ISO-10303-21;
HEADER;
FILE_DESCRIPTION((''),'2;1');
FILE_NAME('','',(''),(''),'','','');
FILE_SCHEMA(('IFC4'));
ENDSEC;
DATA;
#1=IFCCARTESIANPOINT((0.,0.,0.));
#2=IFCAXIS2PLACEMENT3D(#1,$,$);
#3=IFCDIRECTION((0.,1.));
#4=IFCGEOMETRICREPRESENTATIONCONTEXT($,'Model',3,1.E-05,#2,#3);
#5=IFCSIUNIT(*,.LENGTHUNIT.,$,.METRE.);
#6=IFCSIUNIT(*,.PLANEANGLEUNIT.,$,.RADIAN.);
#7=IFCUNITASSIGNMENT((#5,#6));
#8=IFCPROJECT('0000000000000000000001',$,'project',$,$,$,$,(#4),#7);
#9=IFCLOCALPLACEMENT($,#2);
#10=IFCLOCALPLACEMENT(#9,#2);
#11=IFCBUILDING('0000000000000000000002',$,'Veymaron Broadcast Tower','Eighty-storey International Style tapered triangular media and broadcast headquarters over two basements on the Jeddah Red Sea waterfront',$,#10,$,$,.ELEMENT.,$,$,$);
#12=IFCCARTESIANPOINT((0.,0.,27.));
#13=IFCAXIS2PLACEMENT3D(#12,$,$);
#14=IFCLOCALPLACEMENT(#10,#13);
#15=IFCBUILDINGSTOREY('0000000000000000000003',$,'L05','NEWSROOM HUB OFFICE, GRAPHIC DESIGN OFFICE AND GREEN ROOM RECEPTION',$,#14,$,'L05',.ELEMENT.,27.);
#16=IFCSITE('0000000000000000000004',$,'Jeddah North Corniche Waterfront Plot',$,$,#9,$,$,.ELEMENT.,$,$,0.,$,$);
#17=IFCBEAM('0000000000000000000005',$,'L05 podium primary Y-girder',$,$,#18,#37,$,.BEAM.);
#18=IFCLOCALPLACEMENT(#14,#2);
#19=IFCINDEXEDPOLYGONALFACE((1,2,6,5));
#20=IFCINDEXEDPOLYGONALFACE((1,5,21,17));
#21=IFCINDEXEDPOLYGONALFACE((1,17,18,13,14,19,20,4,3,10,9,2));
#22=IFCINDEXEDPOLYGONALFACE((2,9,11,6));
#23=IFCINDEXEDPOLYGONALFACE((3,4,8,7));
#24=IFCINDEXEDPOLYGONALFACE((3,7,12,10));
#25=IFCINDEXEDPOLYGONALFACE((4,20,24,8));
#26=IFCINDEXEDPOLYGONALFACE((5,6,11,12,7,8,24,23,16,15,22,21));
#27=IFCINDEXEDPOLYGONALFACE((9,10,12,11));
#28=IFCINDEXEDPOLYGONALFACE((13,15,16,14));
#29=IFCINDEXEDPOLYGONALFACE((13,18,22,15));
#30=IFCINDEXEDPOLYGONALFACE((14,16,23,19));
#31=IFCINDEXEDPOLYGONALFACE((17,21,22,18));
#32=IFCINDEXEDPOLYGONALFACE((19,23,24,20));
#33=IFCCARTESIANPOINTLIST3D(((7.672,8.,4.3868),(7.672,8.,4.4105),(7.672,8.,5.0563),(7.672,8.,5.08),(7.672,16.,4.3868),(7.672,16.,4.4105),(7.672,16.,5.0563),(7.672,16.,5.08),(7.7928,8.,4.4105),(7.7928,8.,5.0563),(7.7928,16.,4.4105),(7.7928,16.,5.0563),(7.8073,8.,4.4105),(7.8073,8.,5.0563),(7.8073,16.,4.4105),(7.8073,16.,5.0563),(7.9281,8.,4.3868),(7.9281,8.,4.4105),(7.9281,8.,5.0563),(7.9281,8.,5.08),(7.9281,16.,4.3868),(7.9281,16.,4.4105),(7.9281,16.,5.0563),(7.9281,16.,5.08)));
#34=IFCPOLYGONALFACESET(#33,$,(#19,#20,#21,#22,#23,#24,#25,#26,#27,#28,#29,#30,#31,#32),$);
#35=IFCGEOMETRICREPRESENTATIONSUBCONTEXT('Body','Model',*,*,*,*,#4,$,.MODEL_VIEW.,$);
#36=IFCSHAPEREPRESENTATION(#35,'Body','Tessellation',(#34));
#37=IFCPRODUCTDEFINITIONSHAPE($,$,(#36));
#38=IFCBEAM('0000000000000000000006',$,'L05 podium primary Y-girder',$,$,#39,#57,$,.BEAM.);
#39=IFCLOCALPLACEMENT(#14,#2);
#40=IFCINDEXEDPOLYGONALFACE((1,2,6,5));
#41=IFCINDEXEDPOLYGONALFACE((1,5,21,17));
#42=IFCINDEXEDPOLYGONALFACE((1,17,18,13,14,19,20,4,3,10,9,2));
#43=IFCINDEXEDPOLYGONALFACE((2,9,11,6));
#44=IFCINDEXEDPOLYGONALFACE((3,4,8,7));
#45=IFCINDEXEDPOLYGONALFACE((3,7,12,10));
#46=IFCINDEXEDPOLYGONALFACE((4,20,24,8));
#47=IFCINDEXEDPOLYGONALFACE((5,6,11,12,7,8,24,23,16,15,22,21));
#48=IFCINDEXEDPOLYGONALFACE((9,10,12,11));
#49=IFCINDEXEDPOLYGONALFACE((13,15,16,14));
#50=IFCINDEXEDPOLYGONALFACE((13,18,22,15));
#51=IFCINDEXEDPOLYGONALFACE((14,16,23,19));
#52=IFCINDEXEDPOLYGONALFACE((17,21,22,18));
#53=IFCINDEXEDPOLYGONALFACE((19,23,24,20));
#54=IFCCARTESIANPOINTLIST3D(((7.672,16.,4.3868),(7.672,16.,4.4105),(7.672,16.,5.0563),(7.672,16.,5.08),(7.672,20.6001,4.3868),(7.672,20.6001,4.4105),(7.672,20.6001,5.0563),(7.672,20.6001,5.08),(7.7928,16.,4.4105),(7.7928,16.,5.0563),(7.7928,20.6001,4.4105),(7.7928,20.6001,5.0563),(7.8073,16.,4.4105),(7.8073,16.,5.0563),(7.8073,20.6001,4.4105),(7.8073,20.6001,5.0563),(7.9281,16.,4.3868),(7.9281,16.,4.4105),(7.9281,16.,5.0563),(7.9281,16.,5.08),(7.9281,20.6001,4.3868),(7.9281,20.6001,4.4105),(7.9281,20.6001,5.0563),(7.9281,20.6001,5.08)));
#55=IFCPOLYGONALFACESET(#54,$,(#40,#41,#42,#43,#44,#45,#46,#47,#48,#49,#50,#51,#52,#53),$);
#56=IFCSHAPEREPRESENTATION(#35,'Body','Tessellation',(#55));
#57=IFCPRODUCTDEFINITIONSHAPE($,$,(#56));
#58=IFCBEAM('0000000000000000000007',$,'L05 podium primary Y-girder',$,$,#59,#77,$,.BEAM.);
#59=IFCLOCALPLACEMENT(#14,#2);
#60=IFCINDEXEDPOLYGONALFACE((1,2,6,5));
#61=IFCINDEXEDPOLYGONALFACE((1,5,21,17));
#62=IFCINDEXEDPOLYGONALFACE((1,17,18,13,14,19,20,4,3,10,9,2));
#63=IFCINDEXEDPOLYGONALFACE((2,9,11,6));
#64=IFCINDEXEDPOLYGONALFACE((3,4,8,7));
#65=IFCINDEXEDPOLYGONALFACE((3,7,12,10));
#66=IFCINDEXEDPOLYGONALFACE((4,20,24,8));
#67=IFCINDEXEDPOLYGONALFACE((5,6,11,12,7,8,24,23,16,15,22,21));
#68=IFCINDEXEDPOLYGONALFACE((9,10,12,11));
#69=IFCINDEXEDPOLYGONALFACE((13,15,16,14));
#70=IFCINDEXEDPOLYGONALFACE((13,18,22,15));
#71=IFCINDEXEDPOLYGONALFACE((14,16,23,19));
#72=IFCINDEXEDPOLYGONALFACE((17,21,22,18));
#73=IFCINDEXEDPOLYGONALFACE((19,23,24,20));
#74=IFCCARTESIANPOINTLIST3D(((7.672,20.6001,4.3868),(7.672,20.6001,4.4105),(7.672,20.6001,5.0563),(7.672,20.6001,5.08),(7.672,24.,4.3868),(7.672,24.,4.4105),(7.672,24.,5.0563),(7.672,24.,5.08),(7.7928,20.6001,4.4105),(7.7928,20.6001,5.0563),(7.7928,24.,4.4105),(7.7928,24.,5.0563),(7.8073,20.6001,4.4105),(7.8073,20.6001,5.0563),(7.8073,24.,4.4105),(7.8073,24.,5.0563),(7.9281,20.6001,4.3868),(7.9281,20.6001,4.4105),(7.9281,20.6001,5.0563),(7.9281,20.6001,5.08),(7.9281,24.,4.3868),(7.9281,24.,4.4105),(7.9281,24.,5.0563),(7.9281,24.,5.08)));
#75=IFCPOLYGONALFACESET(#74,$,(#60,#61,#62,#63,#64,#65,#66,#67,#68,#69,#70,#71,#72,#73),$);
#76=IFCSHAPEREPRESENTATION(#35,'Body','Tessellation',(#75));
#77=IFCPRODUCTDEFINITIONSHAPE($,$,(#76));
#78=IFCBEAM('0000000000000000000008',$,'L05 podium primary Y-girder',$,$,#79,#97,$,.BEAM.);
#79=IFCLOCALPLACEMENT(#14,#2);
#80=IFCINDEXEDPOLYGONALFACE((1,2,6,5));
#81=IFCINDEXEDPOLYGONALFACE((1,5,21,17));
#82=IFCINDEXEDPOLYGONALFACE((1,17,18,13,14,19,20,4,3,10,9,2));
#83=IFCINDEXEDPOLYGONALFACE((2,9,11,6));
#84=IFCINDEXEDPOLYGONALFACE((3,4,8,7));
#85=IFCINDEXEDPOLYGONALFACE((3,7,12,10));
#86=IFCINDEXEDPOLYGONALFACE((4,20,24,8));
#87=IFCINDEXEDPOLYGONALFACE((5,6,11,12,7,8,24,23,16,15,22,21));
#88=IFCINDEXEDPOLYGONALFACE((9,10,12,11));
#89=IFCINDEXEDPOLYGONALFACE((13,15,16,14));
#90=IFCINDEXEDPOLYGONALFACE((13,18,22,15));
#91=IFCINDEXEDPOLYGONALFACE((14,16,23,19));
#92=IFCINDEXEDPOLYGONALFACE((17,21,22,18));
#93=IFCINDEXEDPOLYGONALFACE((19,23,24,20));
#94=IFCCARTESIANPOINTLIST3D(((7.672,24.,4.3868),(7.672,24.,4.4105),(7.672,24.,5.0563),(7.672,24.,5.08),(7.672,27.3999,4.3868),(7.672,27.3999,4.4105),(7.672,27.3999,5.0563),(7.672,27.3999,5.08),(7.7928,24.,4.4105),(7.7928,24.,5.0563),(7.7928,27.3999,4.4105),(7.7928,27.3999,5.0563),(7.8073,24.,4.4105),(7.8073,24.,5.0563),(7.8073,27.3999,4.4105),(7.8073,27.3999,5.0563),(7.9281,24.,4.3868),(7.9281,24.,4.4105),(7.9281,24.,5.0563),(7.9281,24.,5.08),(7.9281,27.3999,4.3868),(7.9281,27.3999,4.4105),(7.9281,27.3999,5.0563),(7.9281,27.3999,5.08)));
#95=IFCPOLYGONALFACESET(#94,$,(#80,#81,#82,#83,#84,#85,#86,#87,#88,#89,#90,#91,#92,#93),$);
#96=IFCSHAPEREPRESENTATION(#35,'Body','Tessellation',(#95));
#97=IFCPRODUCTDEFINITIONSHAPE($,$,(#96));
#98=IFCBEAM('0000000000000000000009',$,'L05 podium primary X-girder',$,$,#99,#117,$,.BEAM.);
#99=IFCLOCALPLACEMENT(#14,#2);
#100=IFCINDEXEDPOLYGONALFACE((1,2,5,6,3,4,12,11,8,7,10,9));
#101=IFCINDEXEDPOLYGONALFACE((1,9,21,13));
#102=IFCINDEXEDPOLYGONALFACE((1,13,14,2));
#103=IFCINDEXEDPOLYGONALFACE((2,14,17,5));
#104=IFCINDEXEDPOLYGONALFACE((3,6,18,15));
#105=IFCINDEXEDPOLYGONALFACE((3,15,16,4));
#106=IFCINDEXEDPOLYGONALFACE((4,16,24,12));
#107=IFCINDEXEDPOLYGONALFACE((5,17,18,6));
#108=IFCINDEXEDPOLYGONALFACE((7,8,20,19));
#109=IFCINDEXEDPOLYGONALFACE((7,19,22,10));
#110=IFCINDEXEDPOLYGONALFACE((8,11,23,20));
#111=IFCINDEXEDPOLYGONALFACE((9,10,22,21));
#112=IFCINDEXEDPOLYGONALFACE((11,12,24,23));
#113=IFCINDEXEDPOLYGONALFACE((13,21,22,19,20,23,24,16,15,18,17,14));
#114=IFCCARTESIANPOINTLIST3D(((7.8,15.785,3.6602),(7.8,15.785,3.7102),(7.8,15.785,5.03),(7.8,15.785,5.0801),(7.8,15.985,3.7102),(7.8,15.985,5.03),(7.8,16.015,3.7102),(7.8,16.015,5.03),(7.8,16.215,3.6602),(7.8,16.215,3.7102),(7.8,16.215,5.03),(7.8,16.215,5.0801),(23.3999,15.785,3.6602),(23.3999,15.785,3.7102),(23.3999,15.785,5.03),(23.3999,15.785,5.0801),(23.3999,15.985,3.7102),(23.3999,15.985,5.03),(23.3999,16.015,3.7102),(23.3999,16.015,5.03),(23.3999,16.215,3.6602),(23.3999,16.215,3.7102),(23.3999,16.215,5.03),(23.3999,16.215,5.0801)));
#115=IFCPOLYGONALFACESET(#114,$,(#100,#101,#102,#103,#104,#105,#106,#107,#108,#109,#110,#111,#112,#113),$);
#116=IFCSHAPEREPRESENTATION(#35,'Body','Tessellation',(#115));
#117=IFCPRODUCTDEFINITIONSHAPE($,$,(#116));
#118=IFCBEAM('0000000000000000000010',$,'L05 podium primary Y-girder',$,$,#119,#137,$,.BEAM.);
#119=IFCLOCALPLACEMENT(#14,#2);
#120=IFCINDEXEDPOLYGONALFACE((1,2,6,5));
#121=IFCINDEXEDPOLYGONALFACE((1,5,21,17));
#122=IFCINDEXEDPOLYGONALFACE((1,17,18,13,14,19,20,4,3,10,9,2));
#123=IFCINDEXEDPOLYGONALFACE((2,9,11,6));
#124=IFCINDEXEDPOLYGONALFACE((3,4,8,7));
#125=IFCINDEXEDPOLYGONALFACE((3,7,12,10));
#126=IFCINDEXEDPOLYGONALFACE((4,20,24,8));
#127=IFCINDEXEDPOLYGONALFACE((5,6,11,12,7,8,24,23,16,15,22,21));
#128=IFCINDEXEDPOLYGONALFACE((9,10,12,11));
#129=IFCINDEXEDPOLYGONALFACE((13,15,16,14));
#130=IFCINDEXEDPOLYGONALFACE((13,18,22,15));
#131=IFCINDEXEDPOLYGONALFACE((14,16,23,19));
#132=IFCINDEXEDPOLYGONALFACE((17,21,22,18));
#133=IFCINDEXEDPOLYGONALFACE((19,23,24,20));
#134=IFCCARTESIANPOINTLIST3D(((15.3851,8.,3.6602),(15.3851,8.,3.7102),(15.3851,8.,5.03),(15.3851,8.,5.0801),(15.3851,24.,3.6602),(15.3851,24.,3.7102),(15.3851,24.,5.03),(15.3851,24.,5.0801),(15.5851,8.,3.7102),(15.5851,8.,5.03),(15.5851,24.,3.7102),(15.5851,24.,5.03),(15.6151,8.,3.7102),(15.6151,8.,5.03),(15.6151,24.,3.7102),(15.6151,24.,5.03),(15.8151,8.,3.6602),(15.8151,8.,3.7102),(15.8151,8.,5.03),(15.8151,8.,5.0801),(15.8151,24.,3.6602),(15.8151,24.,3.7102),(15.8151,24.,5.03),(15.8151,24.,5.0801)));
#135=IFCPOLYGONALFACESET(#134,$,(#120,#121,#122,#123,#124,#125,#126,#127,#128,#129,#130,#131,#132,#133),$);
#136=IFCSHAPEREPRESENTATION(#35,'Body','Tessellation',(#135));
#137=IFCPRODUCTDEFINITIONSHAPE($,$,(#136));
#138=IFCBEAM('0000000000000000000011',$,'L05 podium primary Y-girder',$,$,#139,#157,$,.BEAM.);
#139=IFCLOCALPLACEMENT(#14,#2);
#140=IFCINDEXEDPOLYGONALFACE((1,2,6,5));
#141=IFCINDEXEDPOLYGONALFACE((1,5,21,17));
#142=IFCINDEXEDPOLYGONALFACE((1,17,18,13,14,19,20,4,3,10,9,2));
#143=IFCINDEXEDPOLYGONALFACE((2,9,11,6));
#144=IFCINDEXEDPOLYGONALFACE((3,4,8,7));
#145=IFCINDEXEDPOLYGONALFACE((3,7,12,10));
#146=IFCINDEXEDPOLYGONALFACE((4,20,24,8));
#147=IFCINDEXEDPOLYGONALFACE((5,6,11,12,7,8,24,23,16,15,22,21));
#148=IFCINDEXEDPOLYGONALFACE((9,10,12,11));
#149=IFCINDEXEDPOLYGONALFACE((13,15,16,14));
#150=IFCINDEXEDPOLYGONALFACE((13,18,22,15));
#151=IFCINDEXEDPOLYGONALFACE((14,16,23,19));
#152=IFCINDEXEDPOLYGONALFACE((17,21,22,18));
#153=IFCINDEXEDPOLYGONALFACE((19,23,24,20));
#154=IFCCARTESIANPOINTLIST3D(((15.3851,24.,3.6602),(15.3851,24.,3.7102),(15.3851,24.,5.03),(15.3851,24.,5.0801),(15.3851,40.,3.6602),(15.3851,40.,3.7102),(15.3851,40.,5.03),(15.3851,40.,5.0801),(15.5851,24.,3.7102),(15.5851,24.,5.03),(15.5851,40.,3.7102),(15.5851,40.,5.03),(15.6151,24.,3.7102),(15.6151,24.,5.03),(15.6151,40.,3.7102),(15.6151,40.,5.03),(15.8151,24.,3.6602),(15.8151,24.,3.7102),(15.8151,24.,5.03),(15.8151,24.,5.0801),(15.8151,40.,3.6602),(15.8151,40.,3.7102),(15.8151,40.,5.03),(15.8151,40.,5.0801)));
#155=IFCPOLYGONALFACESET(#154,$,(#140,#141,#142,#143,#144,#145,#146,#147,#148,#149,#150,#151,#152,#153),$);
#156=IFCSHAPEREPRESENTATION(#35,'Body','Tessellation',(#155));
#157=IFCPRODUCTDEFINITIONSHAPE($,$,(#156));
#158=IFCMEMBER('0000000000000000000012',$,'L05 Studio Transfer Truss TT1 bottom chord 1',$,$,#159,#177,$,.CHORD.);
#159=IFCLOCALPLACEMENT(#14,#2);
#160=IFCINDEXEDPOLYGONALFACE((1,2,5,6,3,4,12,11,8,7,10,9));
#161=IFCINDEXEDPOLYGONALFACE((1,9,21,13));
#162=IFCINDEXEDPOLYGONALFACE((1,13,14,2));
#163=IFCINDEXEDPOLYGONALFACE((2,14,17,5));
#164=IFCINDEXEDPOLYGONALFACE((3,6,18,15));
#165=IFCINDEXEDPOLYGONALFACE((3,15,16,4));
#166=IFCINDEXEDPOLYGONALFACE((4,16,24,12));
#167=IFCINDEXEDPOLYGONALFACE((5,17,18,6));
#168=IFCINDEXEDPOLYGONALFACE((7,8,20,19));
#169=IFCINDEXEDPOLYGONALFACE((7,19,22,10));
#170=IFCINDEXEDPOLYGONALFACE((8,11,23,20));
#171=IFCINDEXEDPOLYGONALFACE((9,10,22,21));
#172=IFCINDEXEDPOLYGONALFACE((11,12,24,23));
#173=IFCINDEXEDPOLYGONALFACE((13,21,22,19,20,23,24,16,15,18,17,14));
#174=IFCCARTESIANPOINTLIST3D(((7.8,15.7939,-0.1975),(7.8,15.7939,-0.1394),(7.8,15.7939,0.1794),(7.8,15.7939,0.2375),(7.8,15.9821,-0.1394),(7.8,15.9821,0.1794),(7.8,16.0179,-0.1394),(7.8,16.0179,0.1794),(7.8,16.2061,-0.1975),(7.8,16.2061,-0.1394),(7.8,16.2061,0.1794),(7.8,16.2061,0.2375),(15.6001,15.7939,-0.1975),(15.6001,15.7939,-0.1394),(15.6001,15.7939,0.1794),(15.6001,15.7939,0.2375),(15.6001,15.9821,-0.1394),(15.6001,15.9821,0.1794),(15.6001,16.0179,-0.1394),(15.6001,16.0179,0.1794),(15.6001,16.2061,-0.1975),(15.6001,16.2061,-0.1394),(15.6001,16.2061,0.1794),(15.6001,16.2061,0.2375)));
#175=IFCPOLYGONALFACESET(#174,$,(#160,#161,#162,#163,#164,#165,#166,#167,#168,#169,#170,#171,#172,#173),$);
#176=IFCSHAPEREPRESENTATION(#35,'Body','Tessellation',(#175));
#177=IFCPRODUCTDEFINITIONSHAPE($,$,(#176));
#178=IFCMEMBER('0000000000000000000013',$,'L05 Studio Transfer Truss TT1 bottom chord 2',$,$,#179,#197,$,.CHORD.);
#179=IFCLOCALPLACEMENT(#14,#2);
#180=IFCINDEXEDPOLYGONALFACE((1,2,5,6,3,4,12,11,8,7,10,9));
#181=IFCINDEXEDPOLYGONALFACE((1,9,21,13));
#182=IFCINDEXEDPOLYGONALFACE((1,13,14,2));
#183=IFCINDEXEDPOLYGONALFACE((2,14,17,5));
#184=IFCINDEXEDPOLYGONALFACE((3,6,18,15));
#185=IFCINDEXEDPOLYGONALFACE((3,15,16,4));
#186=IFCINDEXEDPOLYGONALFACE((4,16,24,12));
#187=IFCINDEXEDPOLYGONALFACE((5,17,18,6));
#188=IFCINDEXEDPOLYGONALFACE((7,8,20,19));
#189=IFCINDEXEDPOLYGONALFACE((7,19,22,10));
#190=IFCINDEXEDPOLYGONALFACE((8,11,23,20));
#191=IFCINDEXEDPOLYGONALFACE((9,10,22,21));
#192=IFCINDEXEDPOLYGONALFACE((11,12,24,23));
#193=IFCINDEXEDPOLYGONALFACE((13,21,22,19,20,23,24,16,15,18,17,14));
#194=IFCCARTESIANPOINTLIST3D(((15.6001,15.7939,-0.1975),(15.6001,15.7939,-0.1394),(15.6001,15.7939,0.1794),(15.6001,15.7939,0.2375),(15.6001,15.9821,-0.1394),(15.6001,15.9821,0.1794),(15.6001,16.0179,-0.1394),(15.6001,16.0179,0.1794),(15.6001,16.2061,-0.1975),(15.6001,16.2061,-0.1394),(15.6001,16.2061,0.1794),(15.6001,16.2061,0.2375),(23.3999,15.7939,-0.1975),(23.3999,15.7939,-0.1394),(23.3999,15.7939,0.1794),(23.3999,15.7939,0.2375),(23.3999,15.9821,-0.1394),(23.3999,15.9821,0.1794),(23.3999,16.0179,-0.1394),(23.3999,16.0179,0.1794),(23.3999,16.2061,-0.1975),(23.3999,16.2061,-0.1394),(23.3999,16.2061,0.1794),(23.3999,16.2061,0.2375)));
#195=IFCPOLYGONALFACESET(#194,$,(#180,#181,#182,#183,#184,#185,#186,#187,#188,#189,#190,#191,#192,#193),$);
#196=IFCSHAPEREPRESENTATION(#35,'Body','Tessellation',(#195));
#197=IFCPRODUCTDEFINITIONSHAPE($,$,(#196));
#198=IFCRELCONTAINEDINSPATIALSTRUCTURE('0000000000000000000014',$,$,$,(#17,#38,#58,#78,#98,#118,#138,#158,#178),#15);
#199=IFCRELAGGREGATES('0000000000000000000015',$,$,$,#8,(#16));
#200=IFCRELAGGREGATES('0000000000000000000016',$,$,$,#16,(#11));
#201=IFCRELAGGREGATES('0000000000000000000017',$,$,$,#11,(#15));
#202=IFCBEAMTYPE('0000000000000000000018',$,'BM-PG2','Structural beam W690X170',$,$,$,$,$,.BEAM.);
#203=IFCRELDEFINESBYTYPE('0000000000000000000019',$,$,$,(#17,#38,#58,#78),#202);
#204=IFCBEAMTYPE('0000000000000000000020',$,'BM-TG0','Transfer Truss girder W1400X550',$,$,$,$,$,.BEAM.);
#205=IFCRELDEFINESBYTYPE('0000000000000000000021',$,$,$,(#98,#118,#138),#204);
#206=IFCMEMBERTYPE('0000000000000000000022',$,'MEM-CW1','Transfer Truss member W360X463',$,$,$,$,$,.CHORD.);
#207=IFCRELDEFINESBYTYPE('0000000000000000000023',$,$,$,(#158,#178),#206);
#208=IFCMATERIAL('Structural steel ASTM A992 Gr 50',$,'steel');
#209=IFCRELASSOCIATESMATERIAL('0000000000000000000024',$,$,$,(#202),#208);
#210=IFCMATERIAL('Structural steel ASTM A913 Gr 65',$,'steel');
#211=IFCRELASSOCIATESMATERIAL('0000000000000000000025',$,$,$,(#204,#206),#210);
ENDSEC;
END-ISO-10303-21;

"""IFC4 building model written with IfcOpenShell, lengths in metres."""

from ifc_helpers import new_model, si_unit, direction, frame, origin, origin_2d, place, context, subcontext, project, spatial, i_section, extrude, material, material_profile, profile_set, type_object, element, save


model = new_model("IFC4")

# Units and contexts
model_context = context("Model", 3, precision=1e-05, world=origin(), true_north=direction((0.0, 1.0)))
body_context = subcontext(model_context, "Body", "Model", "MODEL_VIEW")
ifc_project = project(units=[si_unit("LENGTHUNIT", "METRE"), si_unit("PLANEANGLEUNIT", "RADIAN")], contexts=[model_context])

# Site, building, storey
site_placement = place(None, origin())
site = spatial("IfcSite", under=ifc_project, at=site_placement, Name="Jeddah North Corniche Waterfront Plot", CompositionType="ELEMENT", RefElevation=0.0)
building_placement = place(site_placement, origin())
building = spatial("IfcBuilding", under=site, at=building_placement, Name="Veymaron Broadcast Tower", Description="Eighty-storey International Style tapered triangular media and broadcast headquarters over two basements on the Jeddah Red Sea waterfront", CompositionType="ELEMENT")
storey_placement = place(building_placement, frame((0.0, 0.0, 27.0)))
storey = spatial("IfcBuildingStorey", under=building, at=storey_placement, Name="L05", Description="NEWSROOM HUB OFFICE, GRAPHIC DESIGN OFFICE AND GREEN ROOM RECEPTION", LongName="L05", CompositionType="ELEMENT", Elevation=27.0)

# Shared definitions
ifc_material_1 = material(Name="Structural steel ASTM A913 Gr 65", Category="steel")

# Beams
ifc_material_2 = material(Name="Structural steel ASTM A992 Gr 50", Category="steel")
ifc_material_profile_1 = material_profile(ifc_material_2, i_section(OverallWidth=0.2561, OverallDepth=0.6931, WebThickness=0.0144, FlangeThickness=0.0237, at=origin_2d()), Name="W690X170")
ifc_profile_set_1 = profile_set([ifc_material_profile_1], Name="Structural steel ASTM A992 Gr 50")
beam_type_1 = type_object("IfcBeamType", Name="BM-PG2", Description="Structural beam W690X170", PredefinedType="BEAM", material=ifc_profile_set_1)
beam_1_placement = place(storey_placement, frame((7.8, 8.0, 4.7334), z_axis=(0.0, 1.0, 0.0), x_axis=(-1.0, 0.0, 0.0)))
element("IfcBeam", 1, at=beam_1_placement, inside=storey, type_object=beam_type_1, Name="L05 podium primary Y-girder", PredefinedType="BEAM", context=body_context, shape_type="SweptSolid", body=[
    extrude(i_section(OverallWidth=0.2561, OverallDepth=0.6931, WebThickness=0.0144, FlangeThickness=0.0237, at=origin_2d()), origin(), (0.0, 0.0, 1.0), 8.0),
])
beam_2_placement = place(storey_placement, frame((7.8, 16.0, 4.7334), z_axis=(0.0, 1.0, 0.0), x_axis=(-1.0, 0.0, 0.0)))
element("IfcBeam", 2, at=beam_2_placement, inside=storey, type_object=beam_type_1, Name="L05 podium primary Y-girder", PredefinedType="BEAM", context=body_context, shape_type="SweptSolid", body=[
    extrude(i_section(OverallWidth=0.2561, OverallDepth=0.6931, WebThickness=0.0144, FlangeThickness=0.0237, at=origin_2d()), origin(), (0.0, 0.0, 1.0), 4.6001),
])
for number, where, z_axis, x_axis, name in (
    (3, (7.8, 20.6001, 4.7334), (0.0, 1.0, 0.0), (-1.0, 0.0, 0.0), "L05 podium primary Y-girder"),
    (4, (7.8, 24.0, 4.7334), (0.0, 1.0, 0.0), (-1.0, 0.0, 0.0), "L05 podium primary Y-girder"),
):
    element("IfcBeam", number, at=place(storey_placement, frame(where, z_axis=z_axis, x_axis=x_axis)), inside=storey, type_object=beam_type_1, Name=name, PredefinedType="BEAM", context=body_context, shape_type="SweptSolid", body=[
        extrude(i_section(OverallWidth=0.2561, OverallDepth=0.6931, WebThickness=0.0144, FlangeThickness=0.0237, at=origin_2d()), origin(), (0.0, 0.0, 1.0), 3.3999),
    ])
ifc_material_profile_2 = material_profile(ifc_material_1, i_section(OverallWidth=0.4299, OverallDepth=1.4199, WebThickness=0.03, FlangeThickness=0.05, at=origin_2d()), Name="W1400X550")
ifc_profile_set_2 = profile_set([ifc_material_profile_2], Name="Structural steel ASTM A913 Gr 65")
beam_type_2 = type_object("IfcBeamType", Name="BM-TG0", Description="Transfer Truss girder W1400X550", PredefinedType="BEAM", material=ifc_profile_set_2)
beam_3_placement = place(storey_placement, frame((7.8, 16.0, 4.3701), z_axis=(1.0, 0.0, 0.0), x_axis=(0.0, 1.0, 0.0)))
element("IfcBeam", 5, at=beam_3_placement, inside=storey, type_object=beam_type_2, Name="L05 podium primary X-girder", PredefinedType="BEAM", context=body_context, shape_type="SweptSolid", body=[
    extrude(i_section(OverallWidth=0.4299, OverallDepth=1.4199, WebThickness=0.03, FlangeThickness=0.05, at=origin_2d()), origin(), (0.0, 0.0, 1.0), 15.5999),
])
for number, where, z_axis, x_axis, name in (
    (6, (15.6001, 8.0, 4.3701), (0.0, 1.0, 0.0), (-1.0, 0.0, 0.0), "L05 podium primary Y-girder"),
    (7, (15.6001, 24.0, 4.3701), (0.0, 1.0, 0.0), (-1.0, 0.0, 0.0), "L05 podium primary Y-girder"),
):
    element("IfcBeam", number, at=place(storey_placement, frame(where, z_axis=z_axis, x_axis=x_axis)), inside=storey, type_object=beam_type_2, Name=name, PredefinedType="BEAM", context=body_context, shape_type="SweptSolid", body=[
        extrude(i_section(OverallWidth=0.4299, OverallDepth=1.4199, WebThickness=0.03, FlangeThickness=0.05, at=origin_2d()), origin(), (0.0, 0.0, 1.0), 16.0),
    ])

# Members
ifc_material_profile_3 = material_profile(ifc_material_1, i_section(OverallWidth=0.4121, OverallDepth=0.4351, WebThickness=0.0359, FlangeThickness=0.0581, at=origin_2d()), Name="W360X463")
ifc_profile_set_3 = profile_set([ifc_material_profile_3], Name="Structural steel ASTM A913 Gr 65")
member_type_1 = type_object("IfcMemberType", Name="MEM-CW1", Description="Transfer Truss member W360X463", PredefinedType="CHORD", material=ifc_profile_set_3)
member_1_placement = place(storey_placement, frame((7.8, 16.0, 0.02), z_axis=(1.0, 0.0, 0.0), x_axis=(0.0, 1.0, 0.0)))
element("IfcMember", 8, at=member_1_placement, inside=storey, type_object=member_type_1, Name="L05 Studio Transfer Truss TT1 bottom chord 1", PredefinedType="CHORD", context=body_context, shape_type="SweptSolid", body=[
    extrude(i_section(OverallWidth=0.4121, OverallDepth=0.4351, WebThickness=0.0359, FlangeThickness=0.0581, at=origin_2d()), origin(), (0.0, 0.0, 1.0), 7.8),
])
member_2_placement = place(storey_placement, frame((15.6001, 16.0, 0.02), z_axis=(1.0, 0.0, 0.0), x_axis=(0.0, 1.0, 0.0)))
element("IfcMember", 9, at=member_2_placement, inside=storey, type_object=member_type_1, Name="L05 Studio Transfer Truss TT1 bottom chord 2", PredefinedType="CHORD", context=body_context, shape_type="SweptSolid", body=[
    extrude(i_section(OverallWidth=0.4121, OverallDepth=0.4351, WebThickness=0.0359, FlangeThickness=0.0581, at=origin_2d()), origin(), (0.0, 0.0, 1.0), 7.7998),
])

save(model, "model.ifc")
